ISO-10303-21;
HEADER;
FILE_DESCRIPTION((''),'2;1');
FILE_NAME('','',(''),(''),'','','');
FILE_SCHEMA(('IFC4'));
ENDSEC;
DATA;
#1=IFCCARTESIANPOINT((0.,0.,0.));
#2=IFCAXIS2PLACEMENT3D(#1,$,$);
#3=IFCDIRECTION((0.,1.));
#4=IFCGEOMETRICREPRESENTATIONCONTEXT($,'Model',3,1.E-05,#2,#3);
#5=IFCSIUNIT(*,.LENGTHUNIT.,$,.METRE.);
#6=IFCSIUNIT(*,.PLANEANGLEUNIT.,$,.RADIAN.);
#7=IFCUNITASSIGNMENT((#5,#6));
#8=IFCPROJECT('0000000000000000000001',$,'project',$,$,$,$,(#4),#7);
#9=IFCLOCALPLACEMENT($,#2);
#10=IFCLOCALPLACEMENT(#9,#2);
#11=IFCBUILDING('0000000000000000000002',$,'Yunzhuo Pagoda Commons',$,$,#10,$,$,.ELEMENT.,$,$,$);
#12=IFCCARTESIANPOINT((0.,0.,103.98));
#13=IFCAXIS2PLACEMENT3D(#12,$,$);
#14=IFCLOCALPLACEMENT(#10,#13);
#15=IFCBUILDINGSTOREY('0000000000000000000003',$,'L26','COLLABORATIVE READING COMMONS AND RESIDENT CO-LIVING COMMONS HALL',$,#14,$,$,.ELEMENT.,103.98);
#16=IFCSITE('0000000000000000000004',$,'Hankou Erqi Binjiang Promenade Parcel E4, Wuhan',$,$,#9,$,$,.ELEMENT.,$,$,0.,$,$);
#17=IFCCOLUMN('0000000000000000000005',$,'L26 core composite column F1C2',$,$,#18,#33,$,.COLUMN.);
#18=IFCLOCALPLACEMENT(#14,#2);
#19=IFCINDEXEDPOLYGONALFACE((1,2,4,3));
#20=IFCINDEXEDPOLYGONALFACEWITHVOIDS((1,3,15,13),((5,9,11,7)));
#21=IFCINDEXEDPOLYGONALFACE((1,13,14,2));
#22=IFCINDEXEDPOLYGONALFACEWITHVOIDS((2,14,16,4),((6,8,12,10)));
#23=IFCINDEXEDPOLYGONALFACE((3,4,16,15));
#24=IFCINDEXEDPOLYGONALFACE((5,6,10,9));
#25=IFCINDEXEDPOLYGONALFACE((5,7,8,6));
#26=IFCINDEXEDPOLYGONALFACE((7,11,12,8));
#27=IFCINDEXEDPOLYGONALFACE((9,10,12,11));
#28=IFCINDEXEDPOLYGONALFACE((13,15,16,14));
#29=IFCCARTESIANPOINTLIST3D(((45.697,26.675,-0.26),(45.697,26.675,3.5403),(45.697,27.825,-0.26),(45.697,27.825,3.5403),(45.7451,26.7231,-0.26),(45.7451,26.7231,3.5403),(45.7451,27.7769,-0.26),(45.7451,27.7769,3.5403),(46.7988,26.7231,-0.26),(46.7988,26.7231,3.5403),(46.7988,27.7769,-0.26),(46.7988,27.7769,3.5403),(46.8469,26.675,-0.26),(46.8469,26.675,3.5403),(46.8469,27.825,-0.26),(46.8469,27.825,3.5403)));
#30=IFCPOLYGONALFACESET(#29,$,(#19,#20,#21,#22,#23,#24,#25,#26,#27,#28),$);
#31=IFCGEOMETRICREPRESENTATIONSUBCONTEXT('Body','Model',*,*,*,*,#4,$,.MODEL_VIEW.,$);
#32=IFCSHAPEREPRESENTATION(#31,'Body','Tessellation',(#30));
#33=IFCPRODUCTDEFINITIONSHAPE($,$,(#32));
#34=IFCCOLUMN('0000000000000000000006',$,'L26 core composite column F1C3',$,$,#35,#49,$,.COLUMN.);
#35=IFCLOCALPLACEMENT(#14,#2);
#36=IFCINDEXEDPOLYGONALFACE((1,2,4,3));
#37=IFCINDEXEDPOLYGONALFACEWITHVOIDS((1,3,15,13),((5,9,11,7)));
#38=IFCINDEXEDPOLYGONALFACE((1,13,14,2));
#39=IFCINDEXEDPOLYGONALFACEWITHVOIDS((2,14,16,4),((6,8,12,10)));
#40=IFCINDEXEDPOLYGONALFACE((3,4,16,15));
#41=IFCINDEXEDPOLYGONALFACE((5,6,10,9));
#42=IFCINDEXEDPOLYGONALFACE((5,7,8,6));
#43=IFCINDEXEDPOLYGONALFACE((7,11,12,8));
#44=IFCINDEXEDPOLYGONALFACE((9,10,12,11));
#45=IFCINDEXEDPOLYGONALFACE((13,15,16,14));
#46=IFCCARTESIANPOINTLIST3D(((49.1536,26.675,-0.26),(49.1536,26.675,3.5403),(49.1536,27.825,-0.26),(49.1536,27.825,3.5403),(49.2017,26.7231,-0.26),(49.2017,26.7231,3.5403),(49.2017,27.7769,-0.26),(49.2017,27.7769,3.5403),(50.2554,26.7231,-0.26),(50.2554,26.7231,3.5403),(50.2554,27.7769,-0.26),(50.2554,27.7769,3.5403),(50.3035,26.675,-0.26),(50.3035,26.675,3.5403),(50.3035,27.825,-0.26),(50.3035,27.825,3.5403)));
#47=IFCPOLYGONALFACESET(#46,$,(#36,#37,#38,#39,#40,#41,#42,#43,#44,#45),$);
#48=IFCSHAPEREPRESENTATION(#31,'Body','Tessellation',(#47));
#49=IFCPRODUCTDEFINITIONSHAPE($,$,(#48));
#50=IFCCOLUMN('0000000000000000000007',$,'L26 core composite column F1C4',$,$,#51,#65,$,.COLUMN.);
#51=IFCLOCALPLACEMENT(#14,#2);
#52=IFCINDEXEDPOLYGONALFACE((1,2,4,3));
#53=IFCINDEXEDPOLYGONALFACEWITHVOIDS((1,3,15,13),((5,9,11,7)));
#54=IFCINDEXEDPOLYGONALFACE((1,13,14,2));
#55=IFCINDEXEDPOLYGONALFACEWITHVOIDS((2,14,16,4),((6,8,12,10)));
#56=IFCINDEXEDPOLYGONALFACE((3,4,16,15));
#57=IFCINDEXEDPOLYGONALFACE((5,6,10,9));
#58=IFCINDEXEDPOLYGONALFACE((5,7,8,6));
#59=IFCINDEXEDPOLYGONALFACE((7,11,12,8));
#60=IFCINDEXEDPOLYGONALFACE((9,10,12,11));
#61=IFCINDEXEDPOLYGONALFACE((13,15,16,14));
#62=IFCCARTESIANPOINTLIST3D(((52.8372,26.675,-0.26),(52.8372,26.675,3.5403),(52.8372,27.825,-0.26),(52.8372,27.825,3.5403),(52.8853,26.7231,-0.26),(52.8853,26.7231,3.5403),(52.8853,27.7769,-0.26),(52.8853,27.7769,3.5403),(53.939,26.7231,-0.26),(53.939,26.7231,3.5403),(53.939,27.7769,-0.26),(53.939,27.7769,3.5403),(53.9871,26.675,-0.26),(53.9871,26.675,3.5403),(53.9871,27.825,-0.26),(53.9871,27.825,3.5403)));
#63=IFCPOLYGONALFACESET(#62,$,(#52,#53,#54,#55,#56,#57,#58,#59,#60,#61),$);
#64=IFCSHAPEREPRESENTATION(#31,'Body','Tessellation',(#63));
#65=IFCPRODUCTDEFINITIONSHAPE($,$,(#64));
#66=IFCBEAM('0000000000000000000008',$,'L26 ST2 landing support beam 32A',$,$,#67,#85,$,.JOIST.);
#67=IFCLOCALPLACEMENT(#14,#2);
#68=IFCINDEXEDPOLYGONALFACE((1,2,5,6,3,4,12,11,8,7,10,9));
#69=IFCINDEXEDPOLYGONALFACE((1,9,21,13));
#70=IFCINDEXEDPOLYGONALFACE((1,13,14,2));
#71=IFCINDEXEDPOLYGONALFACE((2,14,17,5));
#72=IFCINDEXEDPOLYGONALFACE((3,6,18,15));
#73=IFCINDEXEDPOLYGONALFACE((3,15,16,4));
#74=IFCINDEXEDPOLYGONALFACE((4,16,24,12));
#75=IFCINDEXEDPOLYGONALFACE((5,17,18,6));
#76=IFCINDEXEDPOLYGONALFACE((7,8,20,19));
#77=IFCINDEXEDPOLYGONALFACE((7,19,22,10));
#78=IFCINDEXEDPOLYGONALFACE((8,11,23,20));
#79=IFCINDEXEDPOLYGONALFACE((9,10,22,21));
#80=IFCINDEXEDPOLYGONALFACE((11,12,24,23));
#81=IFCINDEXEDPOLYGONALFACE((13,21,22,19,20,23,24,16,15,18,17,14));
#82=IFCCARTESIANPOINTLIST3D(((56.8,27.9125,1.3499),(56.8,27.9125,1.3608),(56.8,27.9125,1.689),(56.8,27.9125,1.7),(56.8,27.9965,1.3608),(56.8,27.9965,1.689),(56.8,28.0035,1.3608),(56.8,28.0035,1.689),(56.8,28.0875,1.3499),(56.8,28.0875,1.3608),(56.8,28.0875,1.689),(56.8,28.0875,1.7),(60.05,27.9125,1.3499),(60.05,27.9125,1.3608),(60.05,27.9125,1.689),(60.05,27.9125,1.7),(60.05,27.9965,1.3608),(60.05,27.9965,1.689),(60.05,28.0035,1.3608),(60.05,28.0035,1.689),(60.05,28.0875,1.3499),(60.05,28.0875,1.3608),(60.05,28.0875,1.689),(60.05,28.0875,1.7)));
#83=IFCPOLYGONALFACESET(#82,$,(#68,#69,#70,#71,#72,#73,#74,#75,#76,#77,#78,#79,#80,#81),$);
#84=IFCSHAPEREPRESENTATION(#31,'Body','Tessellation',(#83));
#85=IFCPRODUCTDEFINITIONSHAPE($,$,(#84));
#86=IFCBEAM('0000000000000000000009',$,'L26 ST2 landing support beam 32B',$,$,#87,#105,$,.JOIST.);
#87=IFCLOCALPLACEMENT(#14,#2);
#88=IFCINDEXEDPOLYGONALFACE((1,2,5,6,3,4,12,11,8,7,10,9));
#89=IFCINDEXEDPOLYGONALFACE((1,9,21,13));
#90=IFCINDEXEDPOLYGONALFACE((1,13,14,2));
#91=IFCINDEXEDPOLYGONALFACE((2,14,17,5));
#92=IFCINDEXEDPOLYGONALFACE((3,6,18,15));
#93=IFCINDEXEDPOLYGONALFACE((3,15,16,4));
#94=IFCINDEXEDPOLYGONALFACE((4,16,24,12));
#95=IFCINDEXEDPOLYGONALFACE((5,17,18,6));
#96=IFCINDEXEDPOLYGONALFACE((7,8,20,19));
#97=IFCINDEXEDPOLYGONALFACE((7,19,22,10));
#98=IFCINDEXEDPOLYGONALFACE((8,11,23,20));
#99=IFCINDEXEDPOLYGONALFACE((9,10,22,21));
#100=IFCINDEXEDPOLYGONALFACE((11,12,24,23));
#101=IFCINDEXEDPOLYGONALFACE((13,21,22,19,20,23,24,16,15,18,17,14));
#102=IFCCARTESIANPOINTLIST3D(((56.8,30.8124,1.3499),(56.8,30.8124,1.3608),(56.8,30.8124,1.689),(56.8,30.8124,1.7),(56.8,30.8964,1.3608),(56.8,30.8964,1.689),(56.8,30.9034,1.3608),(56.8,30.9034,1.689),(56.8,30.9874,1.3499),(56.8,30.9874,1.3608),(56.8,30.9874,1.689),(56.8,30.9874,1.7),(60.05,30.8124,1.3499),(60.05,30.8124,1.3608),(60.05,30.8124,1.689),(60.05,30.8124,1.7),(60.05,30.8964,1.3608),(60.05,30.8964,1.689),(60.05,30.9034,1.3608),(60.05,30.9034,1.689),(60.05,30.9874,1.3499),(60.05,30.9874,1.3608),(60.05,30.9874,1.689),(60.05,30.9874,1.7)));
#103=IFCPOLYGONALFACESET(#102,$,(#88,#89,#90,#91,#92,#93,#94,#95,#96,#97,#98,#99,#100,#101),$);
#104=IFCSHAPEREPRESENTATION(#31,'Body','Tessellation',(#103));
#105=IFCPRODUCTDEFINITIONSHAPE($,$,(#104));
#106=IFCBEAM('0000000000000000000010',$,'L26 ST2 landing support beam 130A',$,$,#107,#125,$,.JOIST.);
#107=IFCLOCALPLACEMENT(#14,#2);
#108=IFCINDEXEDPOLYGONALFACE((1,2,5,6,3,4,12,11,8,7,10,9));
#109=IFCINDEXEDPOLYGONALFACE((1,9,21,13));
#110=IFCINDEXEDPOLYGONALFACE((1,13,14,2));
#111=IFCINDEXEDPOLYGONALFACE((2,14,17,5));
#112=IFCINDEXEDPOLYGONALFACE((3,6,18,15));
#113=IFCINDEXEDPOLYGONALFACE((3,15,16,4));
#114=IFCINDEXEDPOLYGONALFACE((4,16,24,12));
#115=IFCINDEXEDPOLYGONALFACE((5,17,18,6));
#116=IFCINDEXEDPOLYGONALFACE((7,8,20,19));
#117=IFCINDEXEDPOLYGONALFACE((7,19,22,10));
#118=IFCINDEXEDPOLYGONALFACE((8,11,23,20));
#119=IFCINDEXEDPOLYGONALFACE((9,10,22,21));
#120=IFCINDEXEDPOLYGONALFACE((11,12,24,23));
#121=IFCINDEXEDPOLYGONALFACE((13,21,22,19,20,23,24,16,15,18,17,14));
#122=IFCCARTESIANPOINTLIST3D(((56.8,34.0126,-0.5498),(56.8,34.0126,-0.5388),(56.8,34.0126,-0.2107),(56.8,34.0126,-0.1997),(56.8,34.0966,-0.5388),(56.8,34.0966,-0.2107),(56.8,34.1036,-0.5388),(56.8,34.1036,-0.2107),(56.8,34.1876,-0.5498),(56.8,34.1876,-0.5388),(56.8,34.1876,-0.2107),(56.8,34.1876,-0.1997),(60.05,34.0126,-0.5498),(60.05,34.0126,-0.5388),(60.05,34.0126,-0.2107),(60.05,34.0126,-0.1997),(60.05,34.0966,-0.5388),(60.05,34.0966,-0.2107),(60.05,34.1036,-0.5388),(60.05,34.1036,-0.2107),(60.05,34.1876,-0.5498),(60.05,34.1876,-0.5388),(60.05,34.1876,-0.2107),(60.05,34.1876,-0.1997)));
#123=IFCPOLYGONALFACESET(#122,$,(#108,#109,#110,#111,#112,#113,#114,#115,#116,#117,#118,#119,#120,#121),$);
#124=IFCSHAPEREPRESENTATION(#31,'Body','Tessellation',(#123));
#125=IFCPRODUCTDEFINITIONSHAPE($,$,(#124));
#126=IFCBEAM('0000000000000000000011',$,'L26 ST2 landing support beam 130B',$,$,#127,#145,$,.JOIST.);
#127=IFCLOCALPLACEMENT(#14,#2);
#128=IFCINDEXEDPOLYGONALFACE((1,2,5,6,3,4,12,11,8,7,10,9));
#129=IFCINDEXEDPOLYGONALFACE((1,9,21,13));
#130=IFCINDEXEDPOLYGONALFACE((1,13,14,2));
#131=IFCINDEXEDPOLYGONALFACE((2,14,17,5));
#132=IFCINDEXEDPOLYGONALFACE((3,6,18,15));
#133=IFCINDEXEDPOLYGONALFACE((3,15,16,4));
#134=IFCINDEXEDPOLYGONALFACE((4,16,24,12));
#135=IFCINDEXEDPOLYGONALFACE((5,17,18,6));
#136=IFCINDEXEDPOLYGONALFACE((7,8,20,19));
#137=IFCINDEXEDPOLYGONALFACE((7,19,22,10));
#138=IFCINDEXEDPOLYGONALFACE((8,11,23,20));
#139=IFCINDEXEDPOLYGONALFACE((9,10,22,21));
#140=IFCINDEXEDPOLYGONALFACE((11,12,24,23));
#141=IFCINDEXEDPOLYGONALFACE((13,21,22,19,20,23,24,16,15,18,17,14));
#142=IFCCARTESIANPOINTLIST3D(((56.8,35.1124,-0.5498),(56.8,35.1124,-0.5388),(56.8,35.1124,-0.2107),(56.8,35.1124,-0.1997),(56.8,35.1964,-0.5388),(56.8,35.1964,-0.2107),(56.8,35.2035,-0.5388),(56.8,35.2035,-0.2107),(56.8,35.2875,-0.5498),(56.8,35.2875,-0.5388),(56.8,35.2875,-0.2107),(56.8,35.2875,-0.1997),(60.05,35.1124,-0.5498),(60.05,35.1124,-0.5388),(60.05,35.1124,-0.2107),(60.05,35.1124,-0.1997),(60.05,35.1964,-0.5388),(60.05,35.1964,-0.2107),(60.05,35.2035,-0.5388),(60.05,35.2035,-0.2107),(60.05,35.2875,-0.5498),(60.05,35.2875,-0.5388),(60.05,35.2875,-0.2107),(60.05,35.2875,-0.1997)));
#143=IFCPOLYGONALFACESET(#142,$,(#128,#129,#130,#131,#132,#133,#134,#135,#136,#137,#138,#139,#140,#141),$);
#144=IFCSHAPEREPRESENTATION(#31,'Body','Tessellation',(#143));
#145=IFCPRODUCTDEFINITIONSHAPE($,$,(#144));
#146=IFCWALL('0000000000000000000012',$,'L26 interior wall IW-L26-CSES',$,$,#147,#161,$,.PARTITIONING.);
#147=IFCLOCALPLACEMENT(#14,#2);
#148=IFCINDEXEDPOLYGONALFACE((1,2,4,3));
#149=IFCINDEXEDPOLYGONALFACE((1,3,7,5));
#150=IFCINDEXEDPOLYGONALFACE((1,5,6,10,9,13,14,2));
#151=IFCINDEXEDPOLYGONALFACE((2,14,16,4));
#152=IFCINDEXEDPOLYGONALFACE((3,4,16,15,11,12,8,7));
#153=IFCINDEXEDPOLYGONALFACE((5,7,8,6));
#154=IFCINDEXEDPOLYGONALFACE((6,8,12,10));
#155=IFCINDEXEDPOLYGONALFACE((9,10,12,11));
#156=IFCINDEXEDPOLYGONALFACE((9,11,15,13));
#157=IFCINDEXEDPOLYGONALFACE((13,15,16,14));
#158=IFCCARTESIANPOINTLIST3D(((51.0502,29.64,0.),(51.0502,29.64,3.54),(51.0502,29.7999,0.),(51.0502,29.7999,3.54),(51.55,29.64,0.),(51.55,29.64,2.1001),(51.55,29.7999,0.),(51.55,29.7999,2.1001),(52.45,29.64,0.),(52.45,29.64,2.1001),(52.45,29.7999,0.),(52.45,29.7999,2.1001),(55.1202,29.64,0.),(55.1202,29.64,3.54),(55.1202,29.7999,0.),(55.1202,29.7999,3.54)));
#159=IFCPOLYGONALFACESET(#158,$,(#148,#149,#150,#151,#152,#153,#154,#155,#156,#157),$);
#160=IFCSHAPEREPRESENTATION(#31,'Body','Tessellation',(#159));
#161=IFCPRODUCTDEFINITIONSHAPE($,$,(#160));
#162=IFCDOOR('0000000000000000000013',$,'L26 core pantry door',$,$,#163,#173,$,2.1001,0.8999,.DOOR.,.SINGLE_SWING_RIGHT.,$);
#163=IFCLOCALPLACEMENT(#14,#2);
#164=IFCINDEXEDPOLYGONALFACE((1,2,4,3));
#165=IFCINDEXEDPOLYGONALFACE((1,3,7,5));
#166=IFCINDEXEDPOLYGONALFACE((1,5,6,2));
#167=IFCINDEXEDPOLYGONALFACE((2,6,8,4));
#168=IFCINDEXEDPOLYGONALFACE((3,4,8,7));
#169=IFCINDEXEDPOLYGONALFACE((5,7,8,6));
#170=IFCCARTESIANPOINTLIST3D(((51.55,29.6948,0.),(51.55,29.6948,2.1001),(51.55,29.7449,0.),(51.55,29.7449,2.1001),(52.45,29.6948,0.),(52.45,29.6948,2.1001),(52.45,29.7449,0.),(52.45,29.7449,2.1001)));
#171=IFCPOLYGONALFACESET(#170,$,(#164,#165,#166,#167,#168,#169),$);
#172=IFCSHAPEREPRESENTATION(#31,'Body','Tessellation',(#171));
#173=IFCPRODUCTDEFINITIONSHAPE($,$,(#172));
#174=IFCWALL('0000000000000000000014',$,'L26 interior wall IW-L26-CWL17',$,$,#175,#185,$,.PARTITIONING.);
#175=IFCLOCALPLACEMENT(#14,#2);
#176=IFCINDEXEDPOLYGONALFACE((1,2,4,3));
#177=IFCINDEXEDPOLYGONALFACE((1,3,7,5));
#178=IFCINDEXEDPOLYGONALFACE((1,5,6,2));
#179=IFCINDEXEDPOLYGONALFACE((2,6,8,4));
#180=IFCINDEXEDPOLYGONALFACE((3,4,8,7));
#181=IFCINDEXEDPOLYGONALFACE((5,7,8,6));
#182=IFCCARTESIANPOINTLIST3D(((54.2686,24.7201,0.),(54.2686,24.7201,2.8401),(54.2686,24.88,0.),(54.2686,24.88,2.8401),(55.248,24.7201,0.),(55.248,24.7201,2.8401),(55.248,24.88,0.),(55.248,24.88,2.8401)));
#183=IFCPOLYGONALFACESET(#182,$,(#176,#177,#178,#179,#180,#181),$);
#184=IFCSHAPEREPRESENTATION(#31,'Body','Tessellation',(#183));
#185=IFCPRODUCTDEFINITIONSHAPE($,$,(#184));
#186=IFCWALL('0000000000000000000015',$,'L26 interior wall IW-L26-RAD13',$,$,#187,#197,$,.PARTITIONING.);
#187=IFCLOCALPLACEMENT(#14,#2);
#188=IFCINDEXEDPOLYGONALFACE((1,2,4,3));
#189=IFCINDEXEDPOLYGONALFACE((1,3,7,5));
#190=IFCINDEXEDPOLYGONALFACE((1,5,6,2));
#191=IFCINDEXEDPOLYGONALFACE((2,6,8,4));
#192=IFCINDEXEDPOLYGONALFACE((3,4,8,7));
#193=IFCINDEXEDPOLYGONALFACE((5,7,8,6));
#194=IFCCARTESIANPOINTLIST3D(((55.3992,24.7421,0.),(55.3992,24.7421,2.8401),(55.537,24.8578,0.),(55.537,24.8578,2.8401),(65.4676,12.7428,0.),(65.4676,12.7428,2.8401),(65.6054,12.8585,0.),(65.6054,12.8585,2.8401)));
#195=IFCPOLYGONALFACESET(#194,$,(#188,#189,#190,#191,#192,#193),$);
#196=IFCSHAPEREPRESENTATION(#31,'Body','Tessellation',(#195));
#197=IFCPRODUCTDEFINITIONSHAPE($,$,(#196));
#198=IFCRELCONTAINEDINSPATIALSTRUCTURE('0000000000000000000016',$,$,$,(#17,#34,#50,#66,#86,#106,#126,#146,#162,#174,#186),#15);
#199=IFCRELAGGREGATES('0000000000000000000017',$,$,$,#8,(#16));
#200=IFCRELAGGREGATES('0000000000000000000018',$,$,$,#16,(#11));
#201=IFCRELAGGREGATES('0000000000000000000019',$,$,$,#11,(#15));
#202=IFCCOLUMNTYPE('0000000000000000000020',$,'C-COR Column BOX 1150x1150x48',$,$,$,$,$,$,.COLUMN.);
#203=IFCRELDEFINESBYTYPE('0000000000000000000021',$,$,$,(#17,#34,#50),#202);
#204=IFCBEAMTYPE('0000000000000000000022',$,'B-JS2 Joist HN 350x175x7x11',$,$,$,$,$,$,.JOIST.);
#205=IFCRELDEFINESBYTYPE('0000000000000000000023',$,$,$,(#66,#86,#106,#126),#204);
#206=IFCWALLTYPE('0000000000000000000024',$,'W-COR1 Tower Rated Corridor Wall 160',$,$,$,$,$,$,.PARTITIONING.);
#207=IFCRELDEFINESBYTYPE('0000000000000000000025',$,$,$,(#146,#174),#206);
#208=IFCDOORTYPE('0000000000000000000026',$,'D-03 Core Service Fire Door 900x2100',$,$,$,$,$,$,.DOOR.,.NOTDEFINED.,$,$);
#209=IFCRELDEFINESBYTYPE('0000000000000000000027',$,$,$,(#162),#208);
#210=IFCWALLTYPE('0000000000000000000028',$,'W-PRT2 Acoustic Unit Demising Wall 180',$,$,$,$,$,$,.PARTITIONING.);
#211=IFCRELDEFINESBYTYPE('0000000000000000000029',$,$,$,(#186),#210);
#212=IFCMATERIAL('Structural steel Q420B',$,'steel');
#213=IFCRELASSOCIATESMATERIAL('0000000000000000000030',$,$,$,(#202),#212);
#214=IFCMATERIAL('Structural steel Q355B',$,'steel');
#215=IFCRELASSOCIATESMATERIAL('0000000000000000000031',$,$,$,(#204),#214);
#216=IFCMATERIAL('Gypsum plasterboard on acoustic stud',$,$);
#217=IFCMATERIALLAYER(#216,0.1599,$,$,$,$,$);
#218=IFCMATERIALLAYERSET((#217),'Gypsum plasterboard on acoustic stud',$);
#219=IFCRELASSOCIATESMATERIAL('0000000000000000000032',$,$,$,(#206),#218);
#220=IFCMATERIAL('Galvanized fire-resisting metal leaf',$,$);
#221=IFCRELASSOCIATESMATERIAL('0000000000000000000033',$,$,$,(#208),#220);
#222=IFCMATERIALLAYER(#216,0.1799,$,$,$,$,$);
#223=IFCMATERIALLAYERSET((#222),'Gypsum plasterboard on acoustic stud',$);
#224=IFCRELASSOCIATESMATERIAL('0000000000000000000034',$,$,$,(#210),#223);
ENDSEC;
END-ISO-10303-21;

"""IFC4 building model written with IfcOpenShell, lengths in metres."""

from ifc_helpers import new_model, si_unit, direction, frame, frame_2d, origin, origin_with_axes, origin_2d, place, context, subcontext, project, spatial, rectangle, hollow_rectangle, i_section, extrude, source, transform, mapped, material, layer, layer_set, material_profile, profile_set, type_object, element, fill, save


model = new_model("IFC4")

# Units and contexts
model_context = context("Model", 3, precision=1e-05, world=origin(), true_north=direction((0.0, 1.0)))
body_context = subcontext(model_context, "Body", "Model", "MODEL_VIEW")
ifc_project = project(units=[si_unit("LENGTHUNIT", "METRE"), si_unit("PLANEANGLEUNIT", "RADIAN")], contexts=[model_context])

# Site, building, storey
site_placement = place(None, origin())
site = spatial("IfcSite", under=ifc_project, at=site_placement, Name="Hankou Erqi Binjiang Promenade Parcel E4, Wuhan", CompositionType="ELEMENT", RefElevation=0.0)
building_placement = place(site_placement, origin())
building = spatial("IfcBuilding", under=site, at=building_placement, Name="Yunzhuo Pagoda Commons", CompositionType="ELEMENT")
storey_placement = place(building_placement, frame((0.0, 0.0, 103.98)))
storey = spatial("IfcBuildingStorey", under=building, at=storey_placement, Name="L26", Description="COLLABORATIVE READING COMMONS AND RESIDENT CO-LIVING COMMONS HALL", CompositionType="ELEMENT", Elevation=103.98)

# Columns
ifc_material_1 = material(Name="Structural steel Q420B", Category="steel")
ifc_material_profile_1 = material_profile(ifc_material_1, hollow_rectangle(XDim=1.1499, YDim=1.1499, WallThickness=0.0481, at=origin_2d()), Name="Structural steel Q420B")
ifc_profile_set_1 = profile_set([ifc_material_profile_1], Name="Structural steel Q420B")
column_type = type_object("IfcColumnType", Name="C-COR Column BOX 1150x1150x48", PredefinedType="COLUMN", material=ifc_profile_set_1)
shared_shape_1 = source(origin(), body_context, "Body", "SweptSolid", [
    extrude(hollow_rectangle(XDim=1.1499, YDim=1.1499, WallThickness=0.0481, at=origin_2d()), origin(), (0.0, 0.0, 1.0), 3.8003),
])
for number, where, z_axis, x_axis, name in (
    (1, (46.272, 27.25, -0.26), (0.0, 0.0, 1.0), (1.0, 0.0, 0.0), "L26 core composite column F1C2"),
    (2, (49.7285, 27.25, -0.26), (0.0, 0.0, 1.0), (1.0, 0.0, 0.0), "L26 core composite column F1C3"),
    (3, (53.4121, 27.25, -0.26), (0.0, 0.0, 1.0), (1.0, 0.0, 0.0), "L26 core composite column F1C4"),
):
    element("IfcColumn", number, at=place(storey_placement, frame(where, z_axis=z_axis, x_axis=x_axis)), inside=storey, type_object=column_type, Name=name, PredefinedType="COLUMN", context=body_context, shape_type="MappedRepresentation", body=[
        mapped(shared_shape_1, transform((0.0, 0.0, 0.0), scale=1.0)),
    ])

# Beams
ifc_material_2 = material(Name="Structural steel Q355B", Category="steel")
ifc_material_profile_2 = material_profile(ifc_material_2, i_section(OverallWidth=0.175, OverallDepth=0.3501, WebThickness=0.0071, FlangeThickness=0.011, at=origin_2d()), Name="Structural steel Q355B")
ifc_profile_set_2 = profile_set([ifc_material_profile_2], Name="Structural steel Q355B")
beam_type = type_object("IfcBeamType", Name="B-JS2 Joist HN 350x175x7x11", PredefinedType="JOIST", material=ifc_profile_set_2)
shared_shape_2 = source(origin(), body_context, "Body", "SweptSolid", [
    extrude(i_section(OverallWidth=0.175, OverallDepth=0.3501, WebThickness=0.0071, FlangeThickness=0.011, at=origin_2d()), origin(), (0.0, 0.0, 1.0), 3.25),
])
for number, where, z_axis, x_axis, name in (
    (4, (56.8, 28.0, 1.5249), (1.0, 0.0, 0.0), (0.0, 1.0, 0.0), "L26 ST2 landing support beam 32A"),
    (5, (56.8, 30.8999, 1.5249), (1.0, 0.0, 0.0), (0.0, 1.0, 0.0), "L26 ST2 landing support beam 32B"),
    (6, (56.8, 34.1001, -0.3748), (1.0, 0.0, 0.0), (0.0, 1.0, 0.0), "L26 ST2 landing support beam 130A"),
    (7, (56.8, 35.2, -0.3748), (1.0, 0.0, 0.0), (0.0, 1.0, 0.0), "L26 ST2 landing support beam 130B"),
):
    element("IfcBeam", number, at=place(storey_placement, frame(where, z_axis=z_axis, x_axis=x_axis)), inside=storey, type_object=beam_type, Name=name, PredefinedType="JOIST", context=body_context, shape_type="MappedRepresentation", body=[
        mapped(shared_shape_2, transform((0.0, 0.0, 0.0), scale=1.0)),
    ])

# Wall, opening, door
ifc_material_3 = material(Name="Gypsum plasterboard on acoustic stud")
ifc_layer_1 = layer(ifc_material_3, 0.1599)
ifc_layer_set_1 = layer_set([ifc_layer_1], Name="Gypsum plasterboard on acoustic stud")
wall_type_1 = type_object("IfcWallType", Name="W-COR1 Tower Rated Corridor Wall 160", PredefinedType="PARTITIONING", material=ifc_layer_set_1)
wall_1_placement = place(storey_placement, frame((51.05, 29.72, 0.0), z_axis=(0.0, 0.0, 1.0), x_axis=(1.0, 0.0, 0.0)))
wall_1 = element("IfcWall", 8, at=wall_1_placement, inside=storey, type_object=wall_type_1, Name="L26 interior wall IW-L26-CSES", PredefinedType="PARTITIONING", context=body_context, shape_type="SweptSolid", body=[
    extrude(rectangle(XDim=4.0701, YDim=0.1599, at=frame_2d((2.0352, 0.0))), origin(), (0.0, 0.0, 1.0), 3.54),
])
opening_1_placement = place(wall_1_placement, frame((0.5, 0.0, 0.0)))
opening_1 = element("IfcOpeningElement", 9, at=opening_1_placement, cuts=wall_1, PredefinedType="OPENING", context=body_context, shape_type="SweptSolid", body=[
    extrude(rectangle(XDim=0.8999, YDim=2.1001, at=frame_2d((0.45, 1.05))), frame((0.0, 0.0898, 0.0), z_axis=(0.0, -1.0, 0.0), x_axis=(1.0, 0.0, 0.0)), (0.0, 0.0, 1.0), 0.1799),
])
ifc_material_4 = material(Name="Galvanized fire-resisting metal leaf")
door_type_1 = type_object("IfcDoorType", Name="D-03 Core Service Fire Door 900x2100", OperationType="NOTDEFINED", PredefinedType="DOOR", material=ifc_material_4)
shared_shape_3 = source(origin(), body_context, "Body", "SweptSolid", [
    extrude(rectangle(XDim=0.8999, YDim=2.1001, at=frame_2d((0.45, 1.05))), frame((0.0, 0.0249, 0.0), z_axis=(0.0, -1.0, 0.0), x_axis=(1.0, 0.0, 0.0)), (0.0, 0.0, 1.0), 0.05),
])
door_1_placement = place(opening_1_placement, origin_with_axes())
door_1 = element("IfcDoor", 10, at=door_1_placement, inside=storey, type_object=door_type_1, Name="L26 core pantry door", OperationType="SINGLE_SWING_RIGHT", OverallHeight=2.1001, OverallWidth=0.8999, PredefinedType="DOOR", context=body_context, shape_type="MappedRepresentation", body=[
    mapped(shared_shape_3, transform((0.0, 0.0, 0.0), scale=1.0)),
])
fill(opening_1, door_1)

# Walls
wall_2_placement = place(storey_placement, frame((55.248, 24.8, 0.0), z_axis=(0.0, 0.0, 1.0), x_axis=(-1.0, 0.0, 0.0)))
element("IfcWall", 11, at=wall_2_placement, inside=storey, type_object=wall_type_1, Name="L26 interior wall IW-L26-CWL17", PredefinedType="PARTITIONING", context=body_context, shape_type="SweptSolid", body=[
    extrude(rectangle(XDim=0.9795, YDim=0.1599, at=frame_2d((0.4897, 0.0))), origin(), (0.0, 0.0, 1.0), 2.8401),
])
ifc_layer_2 = layer(ifc_material_3, 0.1799)
ifc_layer_set_2 = layer_set([ifc_layer_2], Name="Gypsum plasterboard on acoustic stud")
wall_type_2 = type_object("IfcWallType", Name="W-PRT2 Acoustic Unit Demising Wall 180", PredefinedType="PARTITIONING", material=ifc_layer_set_2)
wall_3_placement = place(storey_placement, frame((55.468, 24.8, 0.0), z_axis=(0.0, 0.0, 1.0), x_axis=(0.642779, -0.766051, 0.0)))
element("IfcWall", 12, at=wall_3_placement, inside=storey, type_object=wall_type_2, Name="L26 interior wall IW-L26-RAD13", PredefinedType="PARTITIONING", context=body_context, shape_type="SweptSolid", body=[
    extrude(rectangle(XDim=15.6638, YDim=0.1799, at=frame_2d((7.832, 0.0))), origin(), (0.0, 0.0, 1.0), 2.8401),
])

save(model, "model.ifc")
